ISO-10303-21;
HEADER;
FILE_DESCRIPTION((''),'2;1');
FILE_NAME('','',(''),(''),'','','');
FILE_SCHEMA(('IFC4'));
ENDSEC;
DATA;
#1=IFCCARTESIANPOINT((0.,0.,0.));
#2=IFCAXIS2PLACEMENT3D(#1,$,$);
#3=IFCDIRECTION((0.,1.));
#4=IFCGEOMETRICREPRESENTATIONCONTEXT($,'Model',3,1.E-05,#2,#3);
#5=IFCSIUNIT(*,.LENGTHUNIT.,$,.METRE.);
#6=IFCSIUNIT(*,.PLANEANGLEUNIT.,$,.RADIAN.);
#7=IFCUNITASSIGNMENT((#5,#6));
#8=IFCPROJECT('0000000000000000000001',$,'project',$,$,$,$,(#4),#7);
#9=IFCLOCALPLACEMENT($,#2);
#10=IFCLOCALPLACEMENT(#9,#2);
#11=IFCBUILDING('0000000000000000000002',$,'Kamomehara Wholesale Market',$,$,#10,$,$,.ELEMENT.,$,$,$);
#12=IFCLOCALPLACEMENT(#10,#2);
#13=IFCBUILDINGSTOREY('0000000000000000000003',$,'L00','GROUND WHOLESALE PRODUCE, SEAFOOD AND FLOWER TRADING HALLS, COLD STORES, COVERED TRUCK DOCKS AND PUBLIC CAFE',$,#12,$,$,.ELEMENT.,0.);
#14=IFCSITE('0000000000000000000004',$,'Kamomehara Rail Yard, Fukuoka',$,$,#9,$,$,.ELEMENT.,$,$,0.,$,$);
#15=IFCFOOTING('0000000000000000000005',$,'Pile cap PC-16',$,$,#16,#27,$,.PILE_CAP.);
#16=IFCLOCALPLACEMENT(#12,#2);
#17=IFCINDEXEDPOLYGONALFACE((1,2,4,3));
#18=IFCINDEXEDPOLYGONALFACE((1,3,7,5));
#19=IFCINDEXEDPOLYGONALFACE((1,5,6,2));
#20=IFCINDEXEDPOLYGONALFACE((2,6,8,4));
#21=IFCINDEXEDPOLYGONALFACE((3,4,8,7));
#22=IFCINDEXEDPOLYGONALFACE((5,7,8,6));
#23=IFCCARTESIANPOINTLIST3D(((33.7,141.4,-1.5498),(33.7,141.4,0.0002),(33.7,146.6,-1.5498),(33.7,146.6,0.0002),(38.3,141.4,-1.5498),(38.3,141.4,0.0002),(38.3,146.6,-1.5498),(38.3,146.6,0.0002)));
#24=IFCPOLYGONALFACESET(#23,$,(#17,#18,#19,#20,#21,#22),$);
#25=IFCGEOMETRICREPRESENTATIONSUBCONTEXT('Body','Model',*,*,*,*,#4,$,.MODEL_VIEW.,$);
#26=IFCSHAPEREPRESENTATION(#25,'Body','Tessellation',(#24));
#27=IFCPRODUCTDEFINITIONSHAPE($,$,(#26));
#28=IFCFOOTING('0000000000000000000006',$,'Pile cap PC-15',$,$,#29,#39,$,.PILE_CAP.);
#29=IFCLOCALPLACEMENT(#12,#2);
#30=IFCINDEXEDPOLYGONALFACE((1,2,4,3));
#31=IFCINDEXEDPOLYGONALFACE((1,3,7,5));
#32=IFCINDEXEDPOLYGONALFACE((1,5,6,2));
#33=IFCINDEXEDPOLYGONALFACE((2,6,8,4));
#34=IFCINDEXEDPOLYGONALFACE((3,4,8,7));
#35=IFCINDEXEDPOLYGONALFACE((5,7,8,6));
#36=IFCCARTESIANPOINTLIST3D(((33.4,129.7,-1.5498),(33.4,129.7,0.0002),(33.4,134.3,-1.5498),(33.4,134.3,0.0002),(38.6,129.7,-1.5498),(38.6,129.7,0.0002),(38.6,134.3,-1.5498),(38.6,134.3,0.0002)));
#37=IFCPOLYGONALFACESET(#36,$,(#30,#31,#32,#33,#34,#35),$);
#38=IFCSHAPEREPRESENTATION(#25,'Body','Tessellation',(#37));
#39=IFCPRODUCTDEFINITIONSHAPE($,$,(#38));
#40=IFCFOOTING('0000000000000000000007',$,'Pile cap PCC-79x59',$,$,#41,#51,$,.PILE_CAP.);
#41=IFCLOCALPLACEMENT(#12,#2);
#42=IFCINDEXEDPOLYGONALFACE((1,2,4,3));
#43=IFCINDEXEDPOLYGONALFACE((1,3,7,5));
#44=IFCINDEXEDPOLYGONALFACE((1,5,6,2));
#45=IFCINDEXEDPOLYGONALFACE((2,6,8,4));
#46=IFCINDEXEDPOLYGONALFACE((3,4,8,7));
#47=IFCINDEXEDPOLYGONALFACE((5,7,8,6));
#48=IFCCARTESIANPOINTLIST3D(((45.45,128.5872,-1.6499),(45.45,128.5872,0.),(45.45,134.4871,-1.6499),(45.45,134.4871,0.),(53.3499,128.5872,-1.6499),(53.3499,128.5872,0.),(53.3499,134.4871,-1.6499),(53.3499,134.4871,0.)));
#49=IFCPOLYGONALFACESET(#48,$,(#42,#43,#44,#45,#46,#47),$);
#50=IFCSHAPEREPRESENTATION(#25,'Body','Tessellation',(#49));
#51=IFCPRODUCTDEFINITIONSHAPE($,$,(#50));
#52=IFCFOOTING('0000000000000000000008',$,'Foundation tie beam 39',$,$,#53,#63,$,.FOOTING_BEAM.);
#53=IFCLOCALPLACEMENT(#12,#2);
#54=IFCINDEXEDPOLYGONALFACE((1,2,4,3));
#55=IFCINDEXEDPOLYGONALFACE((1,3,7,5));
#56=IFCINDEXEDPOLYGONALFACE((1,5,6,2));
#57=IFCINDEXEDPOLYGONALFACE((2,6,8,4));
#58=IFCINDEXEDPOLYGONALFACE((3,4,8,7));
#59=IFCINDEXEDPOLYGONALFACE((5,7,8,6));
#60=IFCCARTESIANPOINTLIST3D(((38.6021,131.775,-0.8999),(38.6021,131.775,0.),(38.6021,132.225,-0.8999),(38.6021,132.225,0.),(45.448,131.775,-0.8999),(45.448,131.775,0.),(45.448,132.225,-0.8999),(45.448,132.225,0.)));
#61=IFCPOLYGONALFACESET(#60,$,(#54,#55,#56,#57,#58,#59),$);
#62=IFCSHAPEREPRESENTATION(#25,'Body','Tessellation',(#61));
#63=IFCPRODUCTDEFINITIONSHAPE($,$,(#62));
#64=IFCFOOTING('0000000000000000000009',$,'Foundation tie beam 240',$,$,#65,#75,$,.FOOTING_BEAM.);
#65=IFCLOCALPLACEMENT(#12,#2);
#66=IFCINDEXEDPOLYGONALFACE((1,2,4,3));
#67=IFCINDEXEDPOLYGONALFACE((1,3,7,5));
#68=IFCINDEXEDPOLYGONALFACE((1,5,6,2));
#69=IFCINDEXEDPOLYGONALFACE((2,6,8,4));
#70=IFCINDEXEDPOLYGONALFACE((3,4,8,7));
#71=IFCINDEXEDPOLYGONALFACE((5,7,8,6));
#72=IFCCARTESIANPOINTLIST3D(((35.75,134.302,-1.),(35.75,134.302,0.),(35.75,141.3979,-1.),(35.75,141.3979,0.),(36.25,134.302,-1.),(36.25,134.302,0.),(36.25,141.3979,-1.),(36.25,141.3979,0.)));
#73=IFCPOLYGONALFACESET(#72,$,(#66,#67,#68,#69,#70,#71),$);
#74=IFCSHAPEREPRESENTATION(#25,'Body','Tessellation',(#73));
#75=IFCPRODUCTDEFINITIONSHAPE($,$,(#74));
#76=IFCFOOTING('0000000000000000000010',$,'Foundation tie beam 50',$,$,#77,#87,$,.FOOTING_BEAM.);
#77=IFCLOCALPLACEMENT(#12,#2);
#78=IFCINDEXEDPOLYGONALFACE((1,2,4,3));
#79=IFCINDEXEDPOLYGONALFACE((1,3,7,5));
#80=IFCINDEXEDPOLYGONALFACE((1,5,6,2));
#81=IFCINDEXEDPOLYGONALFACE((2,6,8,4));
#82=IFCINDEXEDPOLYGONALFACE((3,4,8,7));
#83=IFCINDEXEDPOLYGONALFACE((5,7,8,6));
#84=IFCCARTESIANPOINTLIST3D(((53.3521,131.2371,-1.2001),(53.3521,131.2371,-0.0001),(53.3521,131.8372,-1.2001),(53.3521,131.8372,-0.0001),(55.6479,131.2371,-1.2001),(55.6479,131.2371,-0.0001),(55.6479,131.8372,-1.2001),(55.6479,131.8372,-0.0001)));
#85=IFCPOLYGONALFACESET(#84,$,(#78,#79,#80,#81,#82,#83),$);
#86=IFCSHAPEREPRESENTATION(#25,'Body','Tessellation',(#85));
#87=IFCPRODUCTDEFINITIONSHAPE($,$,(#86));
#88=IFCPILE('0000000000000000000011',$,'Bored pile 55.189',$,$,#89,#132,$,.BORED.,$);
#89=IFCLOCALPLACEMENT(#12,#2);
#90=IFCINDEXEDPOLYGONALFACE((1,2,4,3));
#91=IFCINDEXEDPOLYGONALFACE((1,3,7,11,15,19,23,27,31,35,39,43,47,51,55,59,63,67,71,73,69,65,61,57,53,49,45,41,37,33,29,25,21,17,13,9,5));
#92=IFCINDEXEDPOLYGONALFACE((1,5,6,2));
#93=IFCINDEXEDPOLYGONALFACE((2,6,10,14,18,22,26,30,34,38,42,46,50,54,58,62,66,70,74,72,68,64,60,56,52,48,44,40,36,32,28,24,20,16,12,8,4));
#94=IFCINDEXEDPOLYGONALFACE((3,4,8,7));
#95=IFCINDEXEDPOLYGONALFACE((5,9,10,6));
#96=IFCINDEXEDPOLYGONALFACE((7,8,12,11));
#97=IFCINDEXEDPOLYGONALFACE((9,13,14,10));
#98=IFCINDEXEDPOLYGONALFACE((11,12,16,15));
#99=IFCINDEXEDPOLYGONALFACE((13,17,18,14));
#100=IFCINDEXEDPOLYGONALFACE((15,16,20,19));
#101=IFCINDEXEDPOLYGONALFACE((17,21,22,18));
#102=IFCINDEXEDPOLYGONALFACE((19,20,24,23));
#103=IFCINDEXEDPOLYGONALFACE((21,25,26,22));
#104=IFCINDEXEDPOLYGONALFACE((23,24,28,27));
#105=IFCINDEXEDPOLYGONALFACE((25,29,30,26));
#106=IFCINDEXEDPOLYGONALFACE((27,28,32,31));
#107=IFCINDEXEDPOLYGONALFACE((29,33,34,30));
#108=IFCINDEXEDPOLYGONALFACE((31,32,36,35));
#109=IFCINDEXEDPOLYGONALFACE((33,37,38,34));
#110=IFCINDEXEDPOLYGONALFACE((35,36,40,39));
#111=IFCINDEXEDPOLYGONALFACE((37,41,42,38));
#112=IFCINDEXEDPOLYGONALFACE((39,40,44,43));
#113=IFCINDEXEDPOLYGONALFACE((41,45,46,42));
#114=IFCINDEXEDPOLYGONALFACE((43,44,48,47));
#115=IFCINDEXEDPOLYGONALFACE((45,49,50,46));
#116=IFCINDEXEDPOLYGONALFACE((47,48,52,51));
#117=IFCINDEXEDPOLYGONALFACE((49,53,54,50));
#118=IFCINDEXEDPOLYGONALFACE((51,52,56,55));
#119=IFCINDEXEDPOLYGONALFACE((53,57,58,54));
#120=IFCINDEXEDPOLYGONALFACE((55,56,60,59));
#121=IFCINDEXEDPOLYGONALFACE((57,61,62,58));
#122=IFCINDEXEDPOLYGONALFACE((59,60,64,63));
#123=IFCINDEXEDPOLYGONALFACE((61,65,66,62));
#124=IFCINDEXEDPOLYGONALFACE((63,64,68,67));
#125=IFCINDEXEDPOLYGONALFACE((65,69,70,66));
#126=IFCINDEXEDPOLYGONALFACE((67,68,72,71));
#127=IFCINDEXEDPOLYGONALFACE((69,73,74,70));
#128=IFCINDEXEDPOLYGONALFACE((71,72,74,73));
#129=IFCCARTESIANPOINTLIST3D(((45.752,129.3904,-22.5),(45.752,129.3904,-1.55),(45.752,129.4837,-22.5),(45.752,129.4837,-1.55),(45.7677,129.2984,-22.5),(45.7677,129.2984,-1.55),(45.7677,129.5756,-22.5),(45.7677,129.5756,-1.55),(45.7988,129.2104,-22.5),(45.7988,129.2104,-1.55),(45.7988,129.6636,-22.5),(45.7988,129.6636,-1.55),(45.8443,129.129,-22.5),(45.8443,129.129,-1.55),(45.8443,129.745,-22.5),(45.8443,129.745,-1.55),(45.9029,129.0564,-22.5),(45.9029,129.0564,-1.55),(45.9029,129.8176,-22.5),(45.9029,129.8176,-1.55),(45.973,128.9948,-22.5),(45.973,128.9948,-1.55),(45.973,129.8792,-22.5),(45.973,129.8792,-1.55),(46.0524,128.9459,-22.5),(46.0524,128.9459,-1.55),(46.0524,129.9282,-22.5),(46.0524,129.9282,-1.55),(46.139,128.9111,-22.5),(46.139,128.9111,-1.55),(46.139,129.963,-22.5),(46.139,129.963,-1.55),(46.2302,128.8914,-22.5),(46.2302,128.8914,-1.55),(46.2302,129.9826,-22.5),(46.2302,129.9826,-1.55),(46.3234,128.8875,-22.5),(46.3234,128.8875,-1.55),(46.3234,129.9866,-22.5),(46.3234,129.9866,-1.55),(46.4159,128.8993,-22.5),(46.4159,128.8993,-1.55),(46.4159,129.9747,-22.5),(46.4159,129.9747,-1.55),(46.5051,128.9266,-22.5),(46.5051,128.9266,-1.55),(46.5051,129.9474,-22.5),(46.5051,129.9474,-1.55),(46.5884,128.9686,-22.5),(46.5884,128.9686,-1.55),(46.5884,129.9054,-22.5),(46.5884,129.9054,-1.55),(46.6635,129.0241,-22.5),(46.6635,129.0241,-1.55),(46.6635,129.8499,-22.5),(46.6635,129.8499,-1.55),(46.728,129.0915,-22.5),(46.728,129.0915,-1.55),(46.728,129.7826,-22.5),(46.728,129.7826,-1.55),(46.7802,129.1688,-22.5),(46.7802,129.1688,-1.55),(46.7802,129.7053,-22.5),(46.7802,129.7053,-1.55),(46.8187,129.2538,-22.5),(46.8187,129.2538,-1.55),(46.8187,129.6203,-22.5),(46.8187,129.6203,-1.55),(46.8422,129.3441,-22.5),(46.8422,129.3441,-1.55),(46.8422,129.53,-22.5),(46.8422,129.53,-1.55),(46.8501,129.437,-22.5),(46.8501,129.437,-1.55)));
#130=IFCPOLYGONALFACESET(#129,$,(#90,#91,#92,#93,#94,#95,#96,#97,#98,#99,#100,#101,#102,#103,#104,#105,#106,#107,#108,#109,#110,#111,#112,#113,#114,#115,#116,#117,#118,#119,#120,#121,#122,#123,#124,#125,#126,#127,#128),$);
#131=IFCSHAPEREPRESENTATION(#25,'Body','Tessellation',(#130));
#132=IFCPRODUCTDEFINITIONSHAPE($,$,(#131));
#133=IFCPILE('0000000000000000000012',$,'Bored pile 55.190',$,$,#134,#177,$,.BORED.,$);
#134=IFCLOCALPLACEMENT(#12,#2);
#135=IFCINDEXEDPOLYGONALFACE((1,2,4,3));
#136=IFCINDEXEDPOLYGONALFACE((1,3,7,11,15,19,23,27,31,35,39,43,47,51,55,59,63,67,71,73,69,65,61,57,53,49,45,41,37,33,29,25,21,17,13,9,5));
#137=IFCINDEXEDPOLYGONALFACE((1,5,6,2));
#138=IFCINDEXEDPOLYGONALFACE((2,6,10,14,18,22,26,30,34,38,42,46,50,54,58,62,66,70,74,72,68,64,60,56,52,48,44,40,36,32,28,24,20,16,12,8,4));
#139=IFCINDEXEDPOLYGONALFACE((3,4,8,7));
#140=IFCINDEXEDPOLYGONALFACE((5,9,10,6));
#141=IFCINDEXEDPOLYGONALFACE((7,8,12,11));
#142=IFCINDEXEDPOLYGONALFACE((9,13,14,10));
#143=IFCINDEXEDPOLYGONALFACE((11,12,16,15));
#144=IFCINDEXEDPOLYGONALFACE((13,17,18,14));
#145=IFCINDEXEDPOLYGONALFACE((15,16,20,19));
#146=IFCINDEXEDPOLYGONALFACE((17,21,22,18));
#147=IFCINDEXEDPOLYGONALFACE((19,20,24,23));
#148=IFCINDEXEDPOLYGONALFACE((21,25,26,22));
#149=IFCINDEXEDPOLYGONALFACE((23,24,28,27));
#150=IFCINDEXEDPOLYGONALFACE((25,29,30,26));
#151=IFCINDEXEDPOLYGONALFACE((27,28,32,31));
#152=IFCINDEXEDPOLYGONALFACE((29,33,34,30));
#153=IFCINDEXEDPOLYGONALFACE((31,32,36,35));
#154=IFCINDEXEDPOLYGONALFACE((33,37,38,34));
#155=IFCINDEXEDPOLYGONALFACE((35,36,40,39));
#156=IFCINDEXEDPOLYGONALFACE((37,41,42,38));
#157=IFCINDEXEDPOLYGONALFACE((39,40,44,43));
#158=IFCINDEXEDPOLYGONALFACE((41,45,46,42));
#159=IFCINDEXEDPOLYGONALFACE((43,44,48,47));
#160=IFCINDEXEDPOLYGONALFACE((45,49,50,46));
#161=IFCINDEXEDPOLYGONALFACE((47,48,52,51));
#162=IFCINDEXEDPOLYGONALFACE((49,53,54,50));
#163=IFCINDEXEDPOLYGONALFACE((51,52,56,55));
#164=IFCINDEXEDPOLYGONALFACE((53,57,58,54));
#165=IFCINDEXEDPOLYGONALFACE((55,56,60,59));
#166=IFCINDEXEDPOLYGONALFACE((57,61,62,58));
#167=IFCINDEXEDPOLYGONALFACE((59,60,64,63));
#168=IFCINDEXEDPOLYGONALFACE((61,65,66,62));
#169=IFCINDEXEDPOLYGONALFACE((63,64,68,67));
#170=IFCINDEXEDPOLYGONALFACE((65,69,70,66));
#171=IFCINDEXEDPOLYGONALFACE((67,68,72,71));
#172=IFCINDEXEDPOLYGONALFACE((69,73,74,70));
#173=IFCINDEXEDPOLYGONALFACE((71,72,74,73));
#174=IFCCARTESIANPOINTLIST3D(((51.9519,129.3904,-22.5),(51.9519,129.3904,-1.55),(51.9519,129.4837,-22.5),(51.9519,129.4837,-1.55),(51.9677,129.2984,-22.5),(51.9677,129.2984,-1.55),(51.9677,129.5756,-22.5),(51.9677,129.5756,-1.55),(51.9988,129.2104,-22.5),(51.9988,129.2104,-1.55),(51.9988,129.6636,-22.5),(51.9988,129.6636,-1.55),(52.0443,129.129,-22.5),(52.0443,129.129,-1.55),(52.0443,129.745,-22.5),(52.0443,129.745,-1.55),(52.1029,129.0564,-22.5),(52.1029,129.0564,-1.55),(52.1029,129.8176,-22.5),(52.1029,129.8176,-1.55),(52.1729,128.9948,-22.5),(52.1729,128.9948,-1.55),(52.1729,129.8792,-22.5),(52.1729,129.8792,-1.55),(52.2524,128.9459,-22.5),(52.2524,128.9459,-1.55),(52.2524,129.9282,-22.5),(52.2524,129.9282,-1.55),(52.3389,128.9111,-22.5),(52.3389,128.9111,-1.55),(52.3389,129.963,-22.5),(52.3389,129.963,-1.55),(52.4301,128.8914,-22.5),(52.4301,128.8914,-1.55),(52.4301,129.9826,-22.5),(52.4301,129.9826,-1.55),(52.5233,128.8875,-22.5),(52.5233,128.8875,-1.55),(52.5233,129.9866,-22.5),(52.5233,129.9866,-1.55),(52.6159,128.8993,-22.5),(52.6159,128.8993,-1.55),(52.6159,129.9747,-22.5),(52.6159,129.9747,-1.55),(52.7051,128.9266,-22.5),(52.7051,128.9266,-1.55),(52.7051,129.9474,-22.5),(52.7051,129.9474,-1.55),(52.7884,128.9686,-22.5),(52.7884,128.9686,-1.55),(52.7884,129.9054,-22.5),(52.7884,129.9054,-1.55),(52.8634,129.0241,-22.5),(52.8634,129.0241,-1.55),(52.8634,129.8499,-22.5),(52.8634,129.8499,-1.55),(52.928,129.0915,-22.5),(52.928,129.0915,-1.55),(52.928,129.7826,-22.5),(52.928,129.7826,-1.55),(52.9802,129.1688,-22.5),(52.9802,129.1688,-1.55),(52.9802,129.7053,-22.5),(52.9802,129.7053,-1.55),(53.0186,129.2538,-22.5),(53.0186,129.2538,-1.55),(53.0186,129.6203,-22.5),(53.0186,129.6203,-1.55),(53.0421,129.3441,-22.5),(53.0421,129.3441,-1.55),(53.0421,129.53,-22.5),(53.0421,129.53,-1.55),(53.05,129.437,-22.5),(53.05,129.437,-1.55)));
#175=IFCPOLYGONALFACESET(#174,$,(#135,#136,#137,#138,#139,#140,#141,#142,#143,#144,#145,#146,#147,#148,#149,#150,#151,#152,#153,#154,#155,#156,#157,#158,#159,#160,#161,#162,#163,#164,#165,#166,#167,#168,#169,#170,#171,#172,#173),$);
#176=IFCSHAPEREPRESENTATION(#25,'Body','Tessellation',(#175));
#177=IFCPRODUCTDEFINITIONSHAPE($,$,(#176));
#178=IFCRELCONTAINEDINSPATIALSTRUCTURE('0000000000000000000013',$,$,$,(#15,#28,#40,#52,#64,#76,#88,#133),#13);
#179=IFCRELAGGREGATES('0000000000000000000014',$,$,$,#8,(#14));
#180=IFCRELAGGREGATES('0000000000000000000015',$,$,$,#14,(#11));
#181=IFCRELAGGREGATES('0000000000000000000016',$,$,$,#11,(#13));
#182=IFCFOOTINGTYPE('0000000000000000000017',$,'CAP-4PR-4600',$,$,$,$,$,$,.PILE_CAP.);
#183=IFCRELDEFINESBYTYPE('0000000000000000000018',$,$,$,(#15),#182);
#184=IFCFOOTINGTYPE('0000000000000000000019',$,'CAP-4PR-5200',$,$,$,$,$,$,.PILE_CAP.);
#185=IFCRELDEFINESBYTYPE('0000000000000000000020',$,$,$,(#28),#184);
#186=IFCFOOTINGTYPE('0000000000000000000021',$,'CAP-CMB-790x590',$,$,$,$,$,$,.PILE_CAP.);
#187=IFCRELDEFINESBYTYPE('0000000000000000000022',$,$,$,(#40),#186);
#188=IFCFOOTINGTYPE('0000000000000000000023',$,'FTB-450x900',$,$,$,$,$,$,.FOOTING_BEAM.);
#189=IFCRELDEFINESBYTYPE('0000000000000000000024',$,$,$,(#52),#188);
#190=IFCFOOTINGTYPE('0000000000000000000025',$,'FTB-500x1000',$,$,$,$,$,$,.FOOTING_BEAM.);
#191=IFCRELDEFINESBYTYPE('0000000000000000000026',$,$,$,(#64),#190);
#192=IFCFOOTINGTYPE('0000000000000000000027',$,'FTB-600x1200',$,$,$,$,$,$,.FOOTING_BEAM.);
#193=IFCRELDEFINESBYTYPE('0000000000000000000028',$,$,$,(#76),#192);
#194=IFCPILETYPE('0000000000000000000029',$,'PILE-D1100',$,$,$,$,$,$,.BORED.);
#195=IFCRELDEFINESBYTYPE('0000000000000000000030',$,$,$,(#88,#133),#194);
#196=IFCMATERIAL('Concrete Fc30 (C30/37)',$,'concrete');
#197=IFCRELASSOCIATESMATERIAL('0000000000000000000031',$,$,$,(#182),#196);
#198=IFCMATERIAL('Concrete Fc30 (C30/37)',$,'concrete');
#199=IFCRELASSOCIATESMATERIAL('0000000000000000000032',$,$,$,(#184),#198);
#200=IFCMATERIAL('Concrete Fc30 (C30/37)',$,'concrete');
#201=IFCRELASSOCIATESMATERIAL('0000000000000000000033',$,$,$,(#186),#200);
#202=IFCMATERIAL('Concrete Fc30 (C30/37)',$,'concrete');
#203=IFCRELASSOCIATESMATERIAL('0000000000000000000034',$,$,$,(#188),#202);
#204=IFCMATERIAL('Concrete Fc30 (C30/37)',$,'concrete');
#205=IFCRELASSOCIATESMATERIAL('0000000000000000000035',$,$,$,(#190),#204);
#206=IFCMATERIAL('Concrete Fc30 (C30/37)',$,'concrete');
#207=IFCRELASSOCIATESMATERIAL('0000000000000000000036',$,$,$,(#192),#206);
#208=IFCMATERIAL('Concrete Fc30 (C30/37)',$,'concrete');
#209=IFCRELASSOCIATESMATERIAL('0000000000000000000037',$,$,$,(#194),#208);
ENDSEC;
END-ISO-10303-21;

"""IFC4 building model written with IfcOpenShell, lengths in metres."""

from ifc_helpers import new_model, si_unit, direction, frame, origin, origin_2d, place, context, subcontext, project, spatial, rectangle, circle, extrude, material, material_profile, profile_set, type_object, element, save


model = new_model("IFC4")

# Units and contexts
model_context = context("Model", 3, precision=1e-05, world=origin(), true_north=direction((0.0, 1.0)))
body_context = subcontext(model_context, "Body", "Model", "MODEL_VIEW")
ifc_project = project(units=[si_unit("LENGTHUNIT", "METRE"), si_unit("PLANEANGLEUNIT", "RADIAN")], contexts=[model_context])

# Site, building, storey
site_placement = place(None, origin())
site = spatial("IfcSite", under=ifc_project, at=site_placement, Name="Kamomehara Rail Yard, Fukuoka", CompositionType="ELEMENT", RefElevation=0.0)
building_placement = place(site_placement, origin())
building = spatial("IfcBuilding", under=site, at=building_placement, Name="Kamomehara Wholesale Market", CompositionType="ELEMENT")
storey_placement = place(building_placement, origin())
storey = spatial("IfcBuildingStorey", under=building, at=storey_placement, Name="L00", Description="GROUND WHOLESALE PRODUCE, SEAFOOD AND FLOWER TRADING HALLS, COLD STORES, COVERED TRUCK DOCKS AND PUBLIC CAFE", CompositionType="ELEMENT", Elevation=0.0)

# Footings
ifc_material_1 = material(Name="Concrete Fc30 (C30/37)", Category="concrete")
footing_type_1 = type_object("IfcFootingType", Name="CAP-4PR-4600", PredefinedType="PILE_CAP", material=ifc_material_1)
footing_1_placement = place(storey_placement, frame((36.0, 144.0, -1.5498), z_axis=(0.0, 0.0, 1.0), x_axis=(1.0, 0.0, 0.0)))
element("IfcFooting", 1, at=footing_1_placement, inside=storey, type_object=footing_type_1, Name="Pile cap PC-16", PredefinedType="PILE_CAP", context=body_context, shape_type="SweptSolid", body=[
    extrude(rectangle(XDim=4.6001, YDim=5.2, at=origin_2d()), origin(), (0.0, 0.0, 1.0), 1.55),
])
ifc_material_2 = material(Name="Concrete Fc30 (C30/37)", Category="concrete")
footing_type_2 = type_object("IfcFootingType", Name="CAP-4PR-5200", PredefinedType="PILE_CAP", material=ifc_material_2)
footing_2_placement = place(storey_placement, frame((36.0, 132.0, -1.5498), z_axis=(0.0, 0.0, 1.0), x_axis=(1.0, 0.0, 0.0)))
element("IfcFooting", 2, at=footing_2_placement, inside=storey, type_object=footing_type_2, Name="Pile cap PC-15", PredefinedType="PILE_CAP", context=body_context, shape_type="SweptSolid", body=[
    extrude(rectangle(XDim=5.2, YDim=4.6001, at=origin_2d()), origin(), (0.0, 0.0, 1.0), 1.55),
])
ifc_material_3 = material(Name="Concrete Fc30 (C30/37)", Category="concrete")
footing_type_3 = type_object("IfcFootingType", Name="CAP-CMB-790x590", PredefinedType="PILE_CAP", material=ifc_material_3)
footing_3_placement = place(storey_placement, frame((49.3999, 131.5371, -1.6499), z_axis=(0.0, 0.0, 1.0), x_axis=(1.0, 0.0, 0.0)))
element("IfcFooting", 3, at=footing_3_placement, inside=storey, type_object=footing_type_3, Name="Pile cap PCC-79x59", PredefinedType="PILE_CAP", context=body_context, shape_type="SweptSolid", body=[
    extrude(rectangle(XDim=7.8999, YDim=5.8999, at=origin_2d()), origin(), (0.0, 0.0, 1.0), 1.6499),
])
ifc_material_4 = material(Name="Concrete Fc30 (C30/37)", Category="concrete")
ifc_material_profile_1 = material_profile(ifc_material_4, rectangle(XDim=0.45, YDim=0.8999, at=origin_2d()), Name="RC-FTB-450x900")
ifc_profile_set_1 = profile_set([ifc_material_profile_1], Name="Concrete Fc30 (C30/37)")
footing_type_4 = type_object("IfcFootingType", Name="FTB-450x900", PredefinedType="FOOTING_BEAM", material=ifc_profile_set_1)
footing_4_placement = place(storey_placement, frame((38.6021, 132.0, -0.45), z_axis=(1.0, 0.0, 0.0), x_axis=(0.0, 1.0, 0.0)))
element("IfcFooting", 4, at=footing_4_placement, inside=storey, type_object=footing_type_4, Name="Foundation tie beam 39", PredefinedType="FOOTING_BEAM", context=body_context, shape_type="SweptSolid", body=[
    extrude(rectangle(XDim=0.45, YDim=0.8999, at=origin_2d()), origin(), (0.0, 0.0, 1.0), 6.8459),
])
ifc_material_5 = material(Name="Concrete Fc30 (C30/37)", Category="concrete")
ifc_material_profile_2 = material_profile(ifc_material_5, rectangle(XDim=0.5, YDim=1.0, at=origin_2d()), Name="RC-FTB-500x1000")
ifc_profile_set_2 = profile_set([ifc_material_profile_2], Name="Concrete Fc30 (C30/37)")
footing_type_5 = type_object("IfcFootingType", Name="FTB-500x1000", PredefinedType="FOOTING_BEAM", material=ifc_profile_set_2)
footing_5_placement = place(storey_placement, frame((36.0, 134.302, -0.5), z_axis=(0.0, 1.0, 0.0), x_axis=(-1.0, 0.0, 0.0)))
element("IfcFooting", 5, at=footing_5_placement, inside=storey, type_object=footing_type_5, Name="Foundation tie beam 240", PredefinedType="FOOTING_BEAM", context=body_context, shape_type="SweptSolid", body=[
    extrude(rectangle(XDim=0.5, YDim=1.0, at=origin_2d()), origin(), (0.0, 0.0, 1.0), 7.0959),
])
ifc_material_6 = material(Name="Concrete Fc30 (C30/37)", Category="concrete")
ifc_material_profile_3 = material_profile(ifc_material_6, rectangle(XDim=0.6001, YDim=1.2, at=origin_2d()), Name="RC-FTB-600x1200")
ifc_profile_set_3 = profile_set([ifc_material_profile_3], Name="Concrete Fc30 (C30/37)")
footing_type_6 = type_object("IfcFootingType", Name="FTB-600x1200", PredefinedType="FOOTING_BEAM", material=ifc_profile_set_3)
footing_6_placement = place(storey_placement, frame((53.3521, 131.5371, -0.6001), z_axis=(1.0, 0.0, 0.0), x_axis=(0.0, 1.0, 0.0)))
element("IfcFooting", 6, at=footing_6_placement, inside=storey, type_object=footing_type_6, Name="Foundation tie beam 50", PredefinedType="FOOTING_BEAM", context=body_context, shape_type="SweptSolid", body=[
    extrude(rectangle(XDim=0.6001, YDim=1.2, at=origin_2d()), origin(), (0.0, 0.0, 1.0), 2.2959),
])

# Piles
ifc_material_7 = material(Name="Concrete Fc30 (C30/37)", Category="concrete")
ifc_material_profile_4 = material_profile(ifc_material_7, circle(Radius=0.55, at=origin_2d()), Name="RC-PILE-D1100")
ifc_profile_set_4 = profile_set([ifc_material_profile_4], Name="Concrete Fc30 (C30/37)")
pile_type_1 = type_object("IfcPileType", Name="PILE-D1100", PredefinedType="BORED", material=ifc_profile_set_4)
for number, where, z_axis, x_axis, name in (
    (7, (46.3, 129.437, -1.55), (0.0, 0.0, -1.0), (1.0, 0.0, 0.0), "Bored pile 55.189"),
    (8, (52.5, 129.437, -1.55), (0.0, 0.0, -1.0), (1.0, 0.0, 0.0), "Bored pile 55.190"),
):
    element("IfcPile", number, at=place(storey_placement, frame(where, z_axis=z_axis, x_axis=x_axis)), inside=storey, type_object=pile_type_1, Name=name, PredefinedType="BORED", context=body_context, shape_type="SweptSolid", body=[
        extrude(circle(Radius=0.55, at=origin_2d()), origin(), (0.0, 0.0, 1.0), 20.95),
    ])

save(model, "model.ifc")
